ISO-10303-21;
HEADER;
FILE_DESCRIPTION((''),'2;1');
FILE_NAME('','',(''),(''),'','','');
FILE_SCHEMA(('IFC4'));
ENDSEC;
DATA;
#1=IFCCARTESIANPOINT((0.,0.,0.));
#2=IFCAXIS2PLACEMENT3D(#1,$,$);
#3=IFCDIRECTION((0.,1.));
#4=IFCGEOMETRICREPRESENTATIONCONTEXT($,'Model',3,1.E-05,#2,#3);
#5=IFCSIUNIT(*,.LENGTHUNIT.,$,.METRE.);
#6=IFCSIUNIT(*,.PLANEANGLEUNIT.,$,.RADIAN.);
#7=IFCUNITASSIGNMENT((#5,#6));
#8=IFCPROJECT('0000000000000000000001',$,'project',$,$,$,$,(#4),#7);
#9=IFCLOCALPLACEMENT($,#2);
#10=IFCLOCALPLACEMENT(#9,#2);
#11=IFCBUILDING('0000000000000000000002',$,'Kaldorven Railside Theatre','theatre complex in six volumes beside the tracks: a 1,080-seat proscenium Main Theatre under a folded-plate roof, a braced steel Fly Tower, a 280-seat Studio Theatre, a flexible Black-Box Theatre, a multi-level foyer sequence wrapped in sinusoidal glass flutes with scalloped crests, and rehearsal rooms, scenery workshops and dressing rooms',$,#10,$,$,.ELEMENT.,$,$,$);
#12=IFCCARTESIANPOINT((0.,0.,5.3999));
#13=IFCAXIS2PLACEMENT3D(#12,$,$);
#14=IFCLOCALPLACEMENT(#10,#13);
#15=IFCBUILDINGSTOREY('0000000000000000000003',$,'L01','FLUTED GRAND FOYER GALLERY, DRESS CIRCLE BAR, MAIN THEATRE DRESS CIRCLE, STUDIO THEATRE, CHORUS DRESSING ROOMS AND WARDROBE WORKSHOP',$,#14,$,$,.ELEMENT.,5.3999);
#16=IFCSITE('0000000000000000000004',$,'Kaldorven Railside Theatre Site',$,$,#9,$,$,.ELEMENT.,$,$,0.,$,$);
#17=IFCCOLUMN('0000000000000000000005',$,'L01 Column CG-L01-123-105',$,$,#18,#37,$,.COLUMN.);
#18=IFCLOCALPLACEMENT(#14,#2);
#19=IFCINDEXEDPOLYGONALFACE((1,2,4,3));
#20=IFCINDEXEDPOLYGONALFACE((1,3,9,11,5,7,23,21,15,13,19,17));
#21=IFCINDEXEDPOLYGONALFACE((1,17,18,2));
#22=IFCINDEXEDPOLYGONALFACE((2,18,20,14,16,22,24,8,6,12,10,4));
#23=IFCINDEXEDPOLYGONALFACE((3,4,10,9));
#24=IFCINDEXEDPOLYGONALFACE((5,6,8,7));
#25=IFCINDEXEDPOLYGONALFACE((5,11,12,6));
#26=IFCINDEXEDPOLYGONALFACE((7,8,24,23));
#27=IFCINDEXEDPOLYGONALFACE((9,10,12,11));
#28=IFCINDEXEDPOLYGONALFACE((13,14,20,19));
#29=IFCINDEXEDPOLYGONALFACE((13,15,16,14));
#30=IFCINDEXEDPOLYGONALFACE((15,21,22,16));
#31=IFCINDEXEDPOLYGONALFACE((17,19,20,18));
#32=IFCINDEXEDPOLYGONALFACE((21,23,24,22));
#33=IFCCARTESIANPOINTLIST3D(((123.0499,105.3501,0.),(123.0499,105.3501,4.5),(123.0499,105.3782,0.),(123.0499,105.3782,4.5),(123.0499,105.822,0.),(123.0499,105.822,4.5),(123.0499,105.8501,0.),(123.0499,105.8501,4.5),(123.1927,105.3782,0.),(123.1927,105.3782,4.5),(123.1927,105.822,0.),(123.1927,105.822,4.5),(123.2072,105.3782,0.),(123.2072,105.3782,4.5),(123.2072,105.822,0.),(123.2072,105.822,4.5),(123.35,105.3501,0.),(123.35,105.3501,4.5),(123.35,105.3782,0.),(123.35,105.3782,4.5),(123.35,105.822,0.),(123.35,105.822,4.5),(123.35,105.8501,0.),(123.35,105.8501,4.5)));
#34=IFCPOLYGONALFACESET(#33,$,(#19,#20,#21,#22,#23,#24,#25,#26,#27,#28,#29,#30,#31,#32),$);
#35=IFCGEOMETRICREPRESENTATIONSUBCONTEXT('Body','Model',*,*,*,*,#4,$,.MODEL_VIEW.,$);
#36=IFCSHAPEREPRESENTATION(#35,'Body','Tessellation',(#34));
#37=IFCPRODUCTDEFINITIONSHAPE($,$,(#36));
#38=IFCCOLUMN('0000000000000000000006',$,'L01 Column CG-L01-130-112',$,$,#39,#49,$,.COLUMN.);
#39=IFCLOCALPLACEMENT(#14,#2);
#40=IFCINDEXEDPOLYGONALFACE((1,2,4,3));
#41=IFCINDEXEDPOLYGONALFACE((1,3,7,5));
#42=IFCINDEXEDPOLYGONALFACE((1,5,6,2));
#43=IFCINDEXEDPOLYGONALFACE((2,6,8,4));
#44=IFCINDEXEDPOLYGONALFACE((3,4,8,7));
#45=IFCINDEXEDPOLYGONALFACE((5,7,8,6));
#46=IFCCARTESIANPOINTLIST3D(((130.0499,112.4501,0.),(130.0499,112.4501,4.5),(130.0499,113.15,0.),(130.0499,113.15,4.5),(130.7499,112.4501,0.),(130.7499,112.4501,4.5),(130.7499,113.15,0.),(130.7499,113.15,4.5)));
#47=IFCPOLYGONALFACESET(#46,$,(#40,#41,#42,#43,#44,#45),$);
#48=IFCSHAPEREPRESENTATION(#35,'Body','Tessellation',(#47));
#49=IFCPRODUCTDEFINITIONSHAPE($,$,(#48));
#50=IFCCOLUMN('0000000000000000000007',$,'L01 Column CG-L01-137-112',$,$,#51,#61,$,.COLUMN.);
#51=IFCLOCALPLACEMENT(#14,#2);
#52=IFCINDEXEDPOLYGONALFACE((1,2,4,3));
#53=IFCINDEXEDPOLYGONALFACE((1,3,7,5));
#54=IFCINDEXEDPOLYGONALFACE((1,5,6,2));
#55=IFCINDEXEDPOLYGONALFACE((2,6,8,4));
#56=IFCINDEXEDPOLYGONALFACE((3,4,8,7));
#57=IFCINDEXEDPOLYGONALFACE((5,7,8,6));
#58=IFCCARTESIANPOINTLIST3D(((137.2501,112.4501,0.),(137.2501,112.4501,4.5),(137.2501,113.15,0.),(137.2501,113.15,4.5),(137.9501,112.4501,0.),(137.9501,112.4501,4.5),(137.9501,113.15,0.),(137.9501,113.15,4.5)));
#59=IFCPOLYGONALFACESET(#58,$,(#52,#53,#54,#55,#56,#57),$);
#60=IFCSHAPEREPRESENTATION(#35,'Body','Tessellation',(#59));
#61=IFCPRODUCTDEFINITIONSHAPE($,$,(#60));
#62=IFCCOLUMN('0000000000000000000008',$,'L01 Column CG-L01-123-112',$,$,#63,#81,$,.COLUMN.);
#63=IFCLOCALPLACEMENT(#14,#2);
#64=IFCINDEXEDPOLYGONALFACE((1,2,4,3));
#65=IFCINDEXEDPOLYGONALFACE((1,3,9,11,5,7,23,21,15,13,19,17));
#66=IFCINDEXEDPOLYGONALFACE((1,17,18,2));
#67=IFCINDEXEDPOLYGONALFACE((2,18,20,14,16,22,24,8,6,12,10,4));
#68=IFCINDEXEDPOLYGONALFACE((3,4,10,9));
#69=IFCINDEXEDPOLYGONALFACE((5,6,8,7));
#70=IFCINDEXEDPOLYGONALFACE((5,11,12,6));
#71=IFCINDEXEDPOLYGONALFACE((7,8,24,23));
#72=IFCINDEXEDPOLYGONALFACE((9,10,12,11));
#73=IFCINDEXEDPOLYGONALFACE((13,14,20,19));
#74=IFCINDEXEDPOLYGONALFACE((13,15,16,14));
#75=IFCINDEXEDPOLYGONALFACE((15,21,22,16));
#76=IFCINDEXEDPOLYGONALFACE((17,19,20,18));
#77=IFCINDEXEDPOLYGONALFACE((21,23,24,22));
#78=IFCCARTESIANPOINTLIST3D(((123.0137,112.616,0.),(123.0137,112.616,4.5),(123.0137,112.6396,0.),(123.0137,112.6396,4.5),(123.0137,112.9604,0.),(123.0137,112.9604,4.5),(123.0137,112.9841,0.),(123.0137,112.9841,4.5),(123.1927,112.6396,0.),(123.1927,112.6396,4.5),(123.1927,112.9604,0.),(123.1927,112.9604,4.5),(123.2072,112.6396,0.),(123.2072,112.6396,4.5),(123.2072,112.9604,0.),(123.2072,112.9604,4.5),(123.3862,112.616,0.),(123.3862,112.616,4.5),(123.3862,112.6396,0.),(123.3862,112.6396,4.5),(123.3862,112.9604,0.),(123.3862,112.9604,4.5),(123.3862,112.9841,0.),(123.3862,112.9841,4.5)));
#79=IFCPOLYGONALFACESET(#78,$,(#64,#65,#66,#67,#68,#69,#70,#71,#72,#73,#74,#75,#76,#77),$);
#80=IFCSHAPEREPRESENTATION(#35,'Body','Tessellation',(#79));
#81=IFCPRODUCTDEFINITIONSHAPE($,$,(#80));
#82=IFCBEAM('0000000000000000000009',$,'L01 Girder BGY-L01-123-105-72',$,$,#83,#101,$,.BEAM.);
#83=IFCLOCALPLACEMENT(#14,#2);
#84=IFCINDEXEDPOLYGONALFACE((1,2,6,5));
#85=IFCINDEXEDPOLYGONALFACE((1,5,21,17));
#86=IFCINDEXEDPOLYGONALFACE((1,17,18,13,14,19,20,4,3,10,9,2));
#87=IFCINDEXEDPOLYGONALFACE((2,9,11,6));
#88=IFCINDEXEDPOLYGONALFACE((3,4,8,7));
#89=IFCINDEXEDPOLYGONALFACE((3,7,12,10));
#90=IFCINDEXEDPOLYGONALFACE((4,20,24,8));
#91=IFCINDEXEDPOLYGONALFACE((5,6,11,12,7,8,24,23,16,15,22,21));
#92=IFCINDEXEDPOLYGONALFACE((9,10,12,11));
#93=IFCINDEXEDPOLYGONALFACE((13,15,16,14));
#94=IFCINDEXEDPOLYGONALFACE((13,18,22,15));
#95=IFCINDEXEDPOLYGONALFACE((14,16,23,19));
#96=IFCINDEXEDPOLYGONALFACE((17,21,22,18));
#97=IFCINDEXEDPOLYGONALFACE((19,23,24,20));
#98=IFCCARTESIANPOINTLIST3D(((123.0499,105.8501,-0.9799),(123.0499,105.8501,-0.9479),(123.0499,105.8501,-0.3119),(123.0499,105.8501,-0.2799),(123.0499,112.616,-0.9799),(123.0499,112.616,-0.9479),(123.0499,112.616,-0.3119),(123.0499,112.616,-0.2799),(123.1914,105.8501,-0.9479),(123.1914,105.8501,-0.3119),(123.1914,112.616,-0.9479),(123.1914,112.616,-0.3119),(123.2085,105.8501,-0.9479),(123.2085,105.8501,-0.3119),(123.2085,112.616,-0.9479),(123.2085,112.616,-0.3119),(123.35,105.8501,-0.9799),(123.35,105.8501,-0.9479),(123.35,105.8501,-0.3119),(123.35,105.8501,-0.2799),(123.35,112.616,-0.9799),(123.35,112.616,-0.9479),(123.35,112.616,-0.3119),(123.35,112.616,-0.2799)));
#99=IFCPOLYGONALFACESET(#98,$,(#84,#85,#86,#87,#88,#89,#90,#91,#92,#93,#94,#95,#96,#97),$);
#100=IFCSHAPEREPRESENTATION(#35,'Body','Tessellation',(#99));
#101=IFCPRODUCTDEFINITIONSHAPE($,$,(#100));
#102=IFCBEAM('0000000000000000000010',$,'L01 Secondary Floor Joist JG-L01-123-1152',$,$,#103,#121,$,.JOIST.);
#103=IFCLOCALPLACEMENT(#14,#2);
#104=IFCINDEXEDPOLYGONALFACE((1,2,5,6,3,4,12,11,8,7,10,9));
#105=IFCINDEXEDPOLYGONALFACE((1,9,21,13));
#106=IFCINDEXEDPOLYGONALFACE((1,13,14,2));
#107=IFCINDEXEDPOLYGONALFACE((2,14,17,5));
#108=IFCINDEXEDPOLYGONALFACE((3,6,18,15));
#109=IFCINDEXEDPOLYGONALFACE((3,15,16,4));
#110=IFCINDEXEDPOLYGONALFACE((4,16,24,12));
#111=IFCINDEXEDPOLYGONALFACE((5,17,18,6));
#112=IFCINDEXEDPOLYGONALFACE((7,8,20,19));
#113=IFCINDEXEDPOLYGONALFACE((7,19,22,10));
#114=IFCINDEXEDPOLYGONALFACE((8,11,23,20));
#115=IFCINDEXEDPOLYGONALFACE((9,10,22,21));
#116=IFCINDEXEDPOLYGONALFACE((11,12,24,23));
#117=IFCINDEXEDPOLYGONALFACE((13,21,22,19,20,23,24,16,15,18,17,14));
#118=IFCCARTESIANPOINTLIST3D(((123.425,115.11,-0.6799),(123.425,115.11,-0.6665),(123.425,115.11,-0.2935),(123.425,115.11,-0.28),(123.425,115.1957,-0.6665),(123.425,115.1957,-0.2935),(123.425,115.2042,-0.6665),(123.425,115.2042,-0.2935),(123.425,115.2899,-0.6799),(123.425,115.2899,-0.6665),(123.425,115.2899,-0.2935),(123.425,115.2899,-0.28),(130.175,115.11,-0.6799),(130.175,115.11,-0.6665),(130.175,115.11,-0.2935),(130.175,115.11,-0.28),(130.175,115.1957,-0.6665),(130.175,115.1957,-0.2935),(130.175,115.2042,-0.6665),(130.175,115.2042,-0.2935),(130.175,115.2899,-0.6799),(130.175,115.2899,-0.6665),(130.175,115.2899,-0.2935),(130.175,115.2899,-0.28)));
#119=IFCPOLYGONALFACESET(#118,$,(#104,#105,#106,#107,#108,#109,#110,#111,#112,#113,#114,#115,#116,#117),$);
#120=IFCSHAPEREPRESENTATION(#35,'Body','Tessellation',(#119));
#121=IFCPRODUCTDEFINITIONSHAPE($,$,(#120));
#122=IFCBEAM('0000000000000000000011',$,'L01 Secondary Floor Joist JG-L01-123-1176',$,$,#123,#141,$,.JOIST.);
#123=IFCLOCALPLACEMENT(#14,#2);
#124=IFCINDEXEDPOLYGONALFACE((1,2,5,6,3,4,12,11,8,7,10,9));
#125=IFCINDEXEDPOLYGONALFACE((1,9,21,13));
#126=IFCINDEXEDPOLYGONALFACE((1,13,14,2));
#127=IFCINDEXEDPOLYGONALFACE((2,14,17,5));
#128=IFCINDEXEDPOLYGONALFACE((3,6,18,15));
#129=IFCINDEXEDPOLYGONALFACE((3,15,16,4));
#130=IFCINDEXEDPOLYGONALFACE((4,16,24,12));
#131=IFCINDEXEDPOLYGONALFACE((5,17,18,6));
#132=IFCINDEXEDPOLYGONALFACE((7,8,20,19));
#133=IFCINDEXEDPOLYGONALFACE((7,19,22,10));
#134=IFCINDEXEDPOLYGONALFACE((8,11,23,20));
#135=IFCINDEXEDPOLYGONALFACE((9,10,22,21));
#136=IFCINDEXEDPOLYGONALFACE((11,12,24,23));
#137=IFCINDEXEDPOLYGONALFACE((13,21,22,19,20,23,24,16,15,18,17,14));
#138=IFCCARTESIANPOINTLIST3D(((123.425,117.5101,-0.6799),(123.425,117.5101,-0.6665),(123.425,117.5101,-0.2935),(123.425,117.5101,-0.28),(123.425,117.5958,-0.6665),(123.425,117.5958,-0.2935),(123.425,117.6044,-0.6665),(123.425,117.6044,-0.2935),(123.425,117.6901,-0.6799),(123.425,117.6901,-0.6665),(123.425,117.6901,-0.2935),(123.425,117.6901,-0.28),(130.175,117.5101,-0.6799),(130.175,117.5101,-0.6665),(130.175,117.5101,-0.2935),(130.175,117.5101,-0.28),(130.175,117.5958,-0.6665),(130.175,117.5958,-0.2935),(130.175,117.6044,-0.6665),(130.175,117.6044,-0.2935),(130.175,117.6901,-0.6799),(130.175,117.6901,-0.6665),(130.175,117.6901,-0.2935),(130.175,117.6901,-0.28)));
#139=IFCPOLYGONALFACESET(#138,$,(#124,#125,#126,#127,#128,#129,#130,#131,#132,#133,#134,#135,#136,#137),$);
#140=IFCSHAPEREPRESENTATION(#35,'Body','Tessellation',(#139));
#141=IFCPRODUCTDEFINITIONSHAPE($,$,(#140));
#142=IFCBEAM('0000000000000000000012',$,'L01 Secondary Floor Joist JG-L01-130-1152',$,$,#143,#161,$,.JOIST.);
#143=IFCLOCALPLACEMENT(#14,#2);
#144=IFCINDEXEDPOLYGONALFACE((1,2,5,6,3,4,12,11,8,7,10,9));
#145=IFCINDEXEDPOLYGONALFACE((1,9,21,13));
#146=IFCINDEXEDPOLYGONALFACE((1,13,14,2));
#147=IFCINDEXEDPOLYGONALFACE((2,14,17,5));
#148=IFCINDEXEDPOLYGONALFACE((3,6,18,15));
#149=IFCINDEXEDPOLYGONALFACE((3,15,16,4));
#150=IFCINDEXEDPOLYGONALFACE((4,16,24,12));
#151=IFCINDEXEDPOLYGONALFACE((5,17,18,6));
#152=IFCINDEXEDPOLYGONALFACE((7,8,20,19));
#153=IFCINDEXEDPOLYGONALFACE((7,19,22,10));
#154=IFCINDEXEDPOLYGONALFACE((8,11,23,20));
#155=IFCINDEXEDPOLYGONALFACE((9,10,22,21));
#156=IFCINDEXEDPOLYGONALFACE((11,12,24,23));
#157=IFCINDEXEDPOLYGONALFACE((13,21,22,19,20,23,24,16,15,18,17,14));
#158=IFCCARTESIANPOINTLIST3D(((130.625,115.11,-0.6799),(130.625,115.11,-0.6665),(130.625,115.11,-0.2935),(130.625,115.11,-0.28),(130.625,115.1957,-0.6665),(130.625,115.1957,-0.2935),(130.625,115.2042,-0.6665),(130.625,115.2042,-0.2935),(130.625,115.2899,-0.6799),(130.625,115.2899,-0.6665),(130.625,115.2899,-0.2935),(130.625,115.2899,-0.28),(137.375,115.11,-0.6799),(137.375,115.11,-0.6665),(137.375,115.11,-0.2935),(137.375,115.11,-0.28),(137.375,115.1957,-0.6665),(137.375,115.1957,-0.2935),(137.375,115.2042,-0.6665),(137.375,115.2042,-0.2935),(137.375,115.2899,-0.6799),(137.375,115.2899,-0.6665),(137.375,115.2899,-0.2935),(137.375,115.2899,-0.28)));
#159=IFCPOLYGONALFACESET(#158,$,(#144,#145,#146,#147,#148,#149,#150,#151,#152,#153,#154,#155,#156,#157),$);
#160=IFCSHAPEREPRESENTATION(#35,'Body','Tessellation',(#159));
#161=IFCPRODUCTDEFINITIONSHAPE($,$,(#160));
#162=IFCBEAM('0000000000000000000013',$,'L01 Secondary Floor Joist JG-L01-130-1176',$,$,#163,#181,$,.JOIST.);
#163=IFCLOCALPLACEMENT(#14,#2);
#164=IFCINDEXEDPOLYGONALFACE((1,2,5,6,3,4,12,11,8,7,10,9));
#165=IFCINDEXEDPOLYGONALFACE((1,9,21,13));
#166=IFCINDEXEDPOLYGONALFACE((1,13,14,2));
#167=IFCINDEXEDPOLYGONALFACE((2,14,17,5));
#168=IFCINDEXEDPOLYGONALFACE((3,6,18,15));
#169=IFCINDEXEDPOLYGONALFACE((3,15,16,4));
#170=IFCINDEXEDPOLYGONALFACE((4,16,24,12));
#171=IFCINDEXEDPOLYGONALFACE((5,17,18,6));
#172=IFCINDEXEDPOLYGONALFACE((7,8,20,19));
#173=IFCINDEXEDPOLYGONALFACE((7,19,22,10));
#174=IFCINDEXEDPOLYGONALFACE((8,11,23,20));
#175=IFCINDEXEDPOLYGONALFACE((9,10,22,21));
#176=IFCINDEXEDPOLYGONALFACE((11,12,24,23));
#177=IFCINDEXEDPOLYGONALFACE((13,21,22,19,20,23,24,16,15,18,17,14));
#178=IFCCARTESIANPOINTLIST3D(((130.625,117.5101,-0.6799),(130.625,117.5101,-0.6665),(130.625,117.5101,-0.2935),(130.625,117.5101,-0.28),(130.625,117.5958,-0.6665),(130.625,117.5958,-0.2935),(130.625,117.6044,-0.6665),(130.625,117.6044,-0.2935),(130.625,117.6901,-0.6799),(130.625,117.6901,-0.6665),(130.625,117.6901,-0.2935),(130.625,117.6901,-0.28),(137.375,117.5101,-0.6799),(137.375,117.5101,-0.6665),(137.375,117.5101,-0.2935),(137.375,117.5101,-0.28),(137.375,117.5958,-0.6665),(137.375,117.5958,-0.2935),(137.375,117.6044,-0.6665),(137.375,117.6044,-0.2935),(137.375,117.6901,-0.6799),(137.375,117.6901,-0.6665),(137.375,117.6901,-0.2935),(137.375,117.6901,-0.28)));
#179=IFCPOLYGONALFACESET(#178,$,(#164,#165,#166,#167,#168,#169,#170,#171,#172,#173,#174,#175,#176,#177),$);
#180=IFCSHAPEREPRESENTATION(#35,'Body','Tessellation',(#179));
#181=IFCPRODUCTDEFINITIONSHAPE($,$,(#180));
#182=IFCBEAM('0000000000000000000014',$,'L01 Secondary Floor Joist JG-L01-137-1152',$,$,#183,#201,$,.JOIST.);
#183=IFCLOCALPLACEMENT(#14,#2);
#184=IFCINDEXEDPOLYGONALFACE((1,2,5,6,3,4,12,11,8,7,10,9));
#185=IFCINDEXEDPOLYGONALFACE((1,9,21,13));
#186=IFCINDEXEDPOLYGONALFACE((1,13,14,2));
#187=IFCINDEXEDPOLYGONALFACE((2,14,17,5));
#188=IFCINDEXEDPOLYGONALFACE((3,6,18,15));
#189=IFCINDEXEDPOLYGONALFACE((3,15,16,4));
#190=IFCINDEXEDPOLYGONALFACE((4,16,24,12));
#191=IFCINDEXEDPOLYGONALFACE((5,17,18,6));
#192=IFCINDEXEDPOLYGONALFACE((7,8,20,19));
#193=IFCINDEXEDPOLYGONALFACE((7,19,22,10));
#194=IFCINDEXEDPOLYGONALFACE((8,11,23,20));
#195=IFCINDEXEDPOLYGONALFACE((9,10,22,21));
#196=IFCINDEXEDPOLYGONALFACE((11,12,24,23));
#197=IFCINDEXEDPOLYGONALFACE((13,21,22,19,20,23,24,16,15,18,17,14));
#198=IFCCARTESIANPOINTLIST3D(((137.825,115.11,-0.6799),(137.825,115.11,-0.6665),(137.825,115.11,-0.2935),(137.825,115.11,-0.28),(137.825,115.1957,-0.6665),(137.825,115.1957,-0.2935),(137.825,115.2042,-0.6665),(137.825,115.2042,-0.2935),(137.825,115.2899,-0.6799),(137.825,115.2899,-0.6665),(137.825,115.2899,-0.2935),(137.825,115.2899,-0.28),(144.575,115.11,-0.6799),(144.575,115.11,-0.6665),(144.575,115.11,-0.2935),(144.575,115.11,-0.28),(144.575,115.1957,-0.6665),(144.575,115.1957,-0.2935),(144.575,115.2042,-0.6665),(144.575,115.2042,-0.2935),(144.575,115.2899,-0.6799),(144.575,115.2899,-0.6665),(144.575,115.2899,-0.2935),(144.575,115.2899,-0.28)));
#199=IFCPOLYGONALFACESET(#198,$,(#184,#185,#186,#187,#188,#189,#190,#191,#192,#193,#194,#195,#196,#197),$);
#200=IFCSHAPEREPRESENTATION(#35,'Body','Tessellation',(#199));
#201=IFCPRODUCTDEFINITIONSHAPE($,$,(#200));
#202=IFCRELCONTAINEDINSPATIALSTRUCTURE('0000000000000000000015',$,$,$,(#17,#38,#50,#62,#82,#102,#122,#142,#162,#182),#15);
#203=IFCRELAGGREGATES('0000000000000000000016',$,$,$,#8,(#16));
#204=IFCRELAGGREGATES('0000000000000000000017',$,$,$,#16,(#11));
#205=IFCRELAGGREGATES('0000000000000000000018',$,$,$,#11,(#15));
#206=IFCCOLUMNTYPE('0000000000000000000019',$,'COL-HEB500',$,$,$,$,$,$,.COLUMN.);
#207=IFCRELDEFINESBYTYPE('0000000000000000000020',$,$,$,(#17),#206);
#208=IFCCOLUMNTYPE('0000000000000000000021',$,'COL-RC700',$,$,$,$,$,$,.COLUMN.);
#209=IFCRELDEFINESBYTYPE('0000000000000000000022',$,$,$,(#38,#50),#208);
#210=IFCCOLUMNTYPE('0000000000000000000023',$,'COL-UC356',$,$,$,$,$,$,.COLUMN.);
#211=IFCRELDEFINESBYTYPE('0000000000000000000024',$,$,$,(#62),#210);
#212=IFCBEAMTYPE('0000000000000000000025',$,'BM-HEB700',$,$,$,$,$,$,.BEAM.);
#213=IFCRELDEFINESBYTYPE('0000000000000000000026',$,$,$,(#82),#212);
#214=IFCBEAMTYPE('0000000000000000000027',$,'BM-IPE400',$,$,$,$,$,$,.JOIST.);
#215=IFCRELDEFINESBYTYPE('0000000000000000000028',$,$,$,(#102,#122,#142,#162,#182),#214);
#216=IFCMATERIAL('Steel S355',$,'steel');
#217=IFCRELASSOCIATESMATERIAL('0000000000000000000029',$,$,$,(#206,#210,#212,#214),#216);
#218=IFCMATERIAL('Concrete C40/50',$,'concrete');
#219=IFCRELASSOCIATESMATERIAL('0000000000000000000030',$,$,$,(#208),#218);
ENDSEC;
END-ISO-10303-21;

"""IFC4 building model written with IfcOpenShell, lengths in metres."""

from ifc_helpers import new_model, si_unit, direction, frame, origin, origin_2d, place, context, subcontext, project, spatial, rectangle, i_section, extrude, material, material_profile, profile_set, type_object, element, save


model = new_model("IFC4")

# Units and contexts
model_context = context("Model", 3, precision=1e-05, world=origin(), true_north=direction((0.0, 1.0)))
body_context = subcontext(model_context, "Body", "Model", "MODEL_VIEW")
ifc_project = project(units=[si_unit("LENGTHUNIT", "METRE"), si_unit("PLANEANGLEUNIT", "RADIAN")], contexts=[model_context])

# Site, building, storey
site_placement = place(None, origin())
site = spatial("IfcSite", under=ifc_project, at=site_placement, Name="Kaldorven Railside Theatre Site", CompositionType="ELEMENT", RefElevation=0.0)
building_placement = place(site_placement, origin())
building = spatial("IfcBuilding", under=site, at=building_placement, Name="Kaldorven Railside Theatre", Description="theatre complex in six volumes beside the tracks: a 1,080-seat proscenium Main Theatre under a folded-plate roof, a braced steel Fly Tower, a 280-seat Studio Theatre, a flexible Black-Box Theatre, a multi-level foyer sequence wrapped in sinusoidal glass flutes with scalloped crests, and rehearsal rooms, scenery workshops and dressing rooms", CompositionType="ELEMENT")
storey_placement = place(building_placement, frame((0.0, 0.0, 5.3999)))
storey = spatial("IfcBuildingStorey", under=building, at=storey_placement, Name="L01", Description="FLUTED GRAND FOYER GALLERY, DRESS CIRCLE BAR, MAIN THEATRE DRESS CIRCLE, STUDIO THEATRE, CHORUS DRESSING ROOMS AND WARDROBE WORKSHOP", CompositionType="ELEMENT", Elevation=5.3999)

# Columns
ifc_material_1 = material(Name="Steel S355", Category="steel")
ifc_material_profile_1 = material_profile(ifc_material_1, i_section(OverallWidth=0.3, OverallDepth=0.5, WebThickness=0.0144, FlangeThickness=0.0281, at=origin_2d()), Name="HEB 500")
ifc_profile_set_1 = profile_set([ifc_material_profile_1], Name="Steel S355")
column_type_1 = type_object("IfcColumnType", Name="COL-HEB500", PredefinedType="COLUMN", material=ifc_profile_set_1)
column_1_placement = place(storey_placement, frame((123.2, 105.6001, 0.0), z_axis=(0.0, 0.0, 1.0), x_axis=(1.0, 0.0, 0.0)))
element("IfcColumn", 1, at=column_1_placement, inside=storey, type_object=column_type_1, Name="L01 Column CG-L01-123-105", PredefinedType="COLUMN", context=body_context, shape_type="SweptSolid", body=[
    extrude(i_section(OverallWidth=0.3, OverallDepth=0.5, WebThickness=0.0144, FlangeThickness=0.0281, at=origin_2d()), origin(), (0.0, 0.0, 1.0), 4.5),
])
ifc_material_2 = material(Name="Concrete C40/50", Category="concrete")
ifc_material_profile_2 = material_profile(ifc_material_2, rectangle(XDim=0.7, YDim=0.7, at=origin_2d()), Name="RC 700x700")
ifc_profile_set_2 = profile_set([ifc_material_profile_2], Name="Concrete C40/50")
column_type_2 = type_object("IfcColumnType", Name="COL-RC700", PredefinedType="COLUMN", material=ifc_profile_set_2)
for number, where, z_axis, x_axis, name in (
    (2, (130.3999, 112.8, 0.0), (0.0, 0.0, 1.0), (0.0, 1.0, 0.0), "L01 Column CG-L01-130-112"),
    (3, (137.6001, 112.8, 0.0), (0.0, 0.0, 1.0), (1.0, 0.0, 0.0), "L01 Column CG-L01-137-112"),
):
    element("IfcColumn", number, at=place(storey_placement, frame(where, z_axis=z_axis, x_axis=x_axis)), inside=storey, type_object=column_type_2, Name=name, PredefinedType="COLUMN", context=body_context, shape_type="SweptSolid", body=[
        extrude(rectangle(XDim=0.7, YDim=0.7, at=origin_2d()), origin(), (0.0, 0.0, 1.0), 4.5),
    ])
ifc_material_profile_3 = material_profile(ifc_material_1, i_section(OverallWidth=0.3726, OverallDepth=0.3682, WebThickness=0.0144, FlangeThickness=0.0237, at=origin_2d()), Name="UC 356x368x177")
ifc_profile_set_3 = profile_set([ifc_material_profile_3], Name="Steel S355")
column_type_3 = type_object("IfcColumnType", Name="COL-UC356", PredefinedType="COLUMN", material=ifc_profile_set_3)
column_2_placement = place(storey_placement, frame((123.2, 112.8, 0.0), z_axis=(0.0, 0.0, 1.0), x_axis=(1.0, 0.0, 0.0)))
element("IfcColumn", 4, at=column_2_placement, inside=storey, type_object=column_type_3, Name="L01 Column CG-L01-123-112", PredefinedType="COLUMN", context=body_context, shape_type="SweptSolid", body=[
    extrude(i_section(OverallWidth=0.3726, OverallDepth=0.3682, WebThickness=0.0144, FlangeThickness=0.0237, at=origin_2d()), origin(), (0.0, 0.0, 1.0), 4.5),
])

# Beams
ifc_material_profile_4 = material_profile(ifc_material_1, i_section(OverallWidth=0.3, OverallDepth=0.7, WebThickness=0.0171, FlangeThickness=0.032, at=origin_2d()), Name="HEB 700")
ifc_profile_set_4 = profile_set([ifc_material_profile_4], Name="Steel S355")
beam_type_1 = type_object("IfcBeamType", Name="BM-HEB700", PredefinedType="BEAM", material=ifc_profile_set_4)
beam_1_placement = place(storey_placement, frame((123.2, 105.8501, -0.6299), z_axis=(0.0, 1.0, 0.0), x_axis=(-1.0, 0.0, 0.0)))
element("IfcBeam", 5, at=beam_1_placement, inside=storey, type_object=beam_type_1, Name="L01 Girder BGY-L01-123-105-72", PredefinedType="BEAM", context=body_context, shape_type="SweptSolid", body=[
    extrude(i_section(OverallWidth=0.3, OverallDepth=0.7, WebThickness=0.0171, FlangeThickness=0.032, at=origin_2d()), origin(), (0.0, 0.0, 1.0), 6.7659),
])
ifc_material_profile_5 = material_profile(ifc_material_1, i_section(OverallWidth=0.1799, OverallDepth=0.3999, WebThickness=0.0085, FlangeThickness=0.0134, at=origin_2d()), Name="IPE 400")
ifc_profile_set_5 = profile_set([ifc_material_profile_5], Name="Steel S355")
beam_type_2 = type_object("IfcBeamType", Name="BM-IPE400", PredefinedType="JOIST", material=ifc_profile_set_5)
for number, where, z_axis, x_axis, name in (
    (6, (123.425, 115.2, -0.48), (1.0, 0.0, 0.0), (0.0, 1.0, 0.0), "L01 Secondary Floor Joist JG-L01-123-1152"),
    (7, (123.425, 117.6001, -0.48), (1.0, 0.0, 0.0), (0.0, 1.0, 0.0), "L01 Secondary Floor Joist JG-L01-123-1176"),
    (8, (130.625, 115.2, -0.48), (1.0, 0.0, 0.0), (0.0, 1.0, 0.0), "L01 Secondary Floor Joist JG-L01-130-1152"),
    (9, (130.625, 117.6001, -0.48), (1.0, 0.0, 0.0), (0.0, 1.0, 0.0), "L01 Secondary Floor Joist JG-L01-130-1176"),
    (10, (137.825, 115.2, -0.48), (1.0, 0.0, 0.0), (0.0, 1.0, 0.0), "L01 Secondary Floor Joist JG-L01-137-1152"),
):
    element("IfcBeam", number, at=place(storey_placement, frame(where, z_axis=z_axis, x_axis=x_axis)), inside=storey, type_object=beam_type_2, Name=name, PredefinedType="JOIST", context=body_context, shape_type="SweptSolid", body=[
        extrude(i_section(OverallWidth=0.1799, OverallDepth=0.3999, WebThickness=0.0085, FlangeThickness=0.0134, at=origin_2d()), origin(), (0.0, 0.0, 1.0), 6.75),
    ])

save(model, "model.ifc")
